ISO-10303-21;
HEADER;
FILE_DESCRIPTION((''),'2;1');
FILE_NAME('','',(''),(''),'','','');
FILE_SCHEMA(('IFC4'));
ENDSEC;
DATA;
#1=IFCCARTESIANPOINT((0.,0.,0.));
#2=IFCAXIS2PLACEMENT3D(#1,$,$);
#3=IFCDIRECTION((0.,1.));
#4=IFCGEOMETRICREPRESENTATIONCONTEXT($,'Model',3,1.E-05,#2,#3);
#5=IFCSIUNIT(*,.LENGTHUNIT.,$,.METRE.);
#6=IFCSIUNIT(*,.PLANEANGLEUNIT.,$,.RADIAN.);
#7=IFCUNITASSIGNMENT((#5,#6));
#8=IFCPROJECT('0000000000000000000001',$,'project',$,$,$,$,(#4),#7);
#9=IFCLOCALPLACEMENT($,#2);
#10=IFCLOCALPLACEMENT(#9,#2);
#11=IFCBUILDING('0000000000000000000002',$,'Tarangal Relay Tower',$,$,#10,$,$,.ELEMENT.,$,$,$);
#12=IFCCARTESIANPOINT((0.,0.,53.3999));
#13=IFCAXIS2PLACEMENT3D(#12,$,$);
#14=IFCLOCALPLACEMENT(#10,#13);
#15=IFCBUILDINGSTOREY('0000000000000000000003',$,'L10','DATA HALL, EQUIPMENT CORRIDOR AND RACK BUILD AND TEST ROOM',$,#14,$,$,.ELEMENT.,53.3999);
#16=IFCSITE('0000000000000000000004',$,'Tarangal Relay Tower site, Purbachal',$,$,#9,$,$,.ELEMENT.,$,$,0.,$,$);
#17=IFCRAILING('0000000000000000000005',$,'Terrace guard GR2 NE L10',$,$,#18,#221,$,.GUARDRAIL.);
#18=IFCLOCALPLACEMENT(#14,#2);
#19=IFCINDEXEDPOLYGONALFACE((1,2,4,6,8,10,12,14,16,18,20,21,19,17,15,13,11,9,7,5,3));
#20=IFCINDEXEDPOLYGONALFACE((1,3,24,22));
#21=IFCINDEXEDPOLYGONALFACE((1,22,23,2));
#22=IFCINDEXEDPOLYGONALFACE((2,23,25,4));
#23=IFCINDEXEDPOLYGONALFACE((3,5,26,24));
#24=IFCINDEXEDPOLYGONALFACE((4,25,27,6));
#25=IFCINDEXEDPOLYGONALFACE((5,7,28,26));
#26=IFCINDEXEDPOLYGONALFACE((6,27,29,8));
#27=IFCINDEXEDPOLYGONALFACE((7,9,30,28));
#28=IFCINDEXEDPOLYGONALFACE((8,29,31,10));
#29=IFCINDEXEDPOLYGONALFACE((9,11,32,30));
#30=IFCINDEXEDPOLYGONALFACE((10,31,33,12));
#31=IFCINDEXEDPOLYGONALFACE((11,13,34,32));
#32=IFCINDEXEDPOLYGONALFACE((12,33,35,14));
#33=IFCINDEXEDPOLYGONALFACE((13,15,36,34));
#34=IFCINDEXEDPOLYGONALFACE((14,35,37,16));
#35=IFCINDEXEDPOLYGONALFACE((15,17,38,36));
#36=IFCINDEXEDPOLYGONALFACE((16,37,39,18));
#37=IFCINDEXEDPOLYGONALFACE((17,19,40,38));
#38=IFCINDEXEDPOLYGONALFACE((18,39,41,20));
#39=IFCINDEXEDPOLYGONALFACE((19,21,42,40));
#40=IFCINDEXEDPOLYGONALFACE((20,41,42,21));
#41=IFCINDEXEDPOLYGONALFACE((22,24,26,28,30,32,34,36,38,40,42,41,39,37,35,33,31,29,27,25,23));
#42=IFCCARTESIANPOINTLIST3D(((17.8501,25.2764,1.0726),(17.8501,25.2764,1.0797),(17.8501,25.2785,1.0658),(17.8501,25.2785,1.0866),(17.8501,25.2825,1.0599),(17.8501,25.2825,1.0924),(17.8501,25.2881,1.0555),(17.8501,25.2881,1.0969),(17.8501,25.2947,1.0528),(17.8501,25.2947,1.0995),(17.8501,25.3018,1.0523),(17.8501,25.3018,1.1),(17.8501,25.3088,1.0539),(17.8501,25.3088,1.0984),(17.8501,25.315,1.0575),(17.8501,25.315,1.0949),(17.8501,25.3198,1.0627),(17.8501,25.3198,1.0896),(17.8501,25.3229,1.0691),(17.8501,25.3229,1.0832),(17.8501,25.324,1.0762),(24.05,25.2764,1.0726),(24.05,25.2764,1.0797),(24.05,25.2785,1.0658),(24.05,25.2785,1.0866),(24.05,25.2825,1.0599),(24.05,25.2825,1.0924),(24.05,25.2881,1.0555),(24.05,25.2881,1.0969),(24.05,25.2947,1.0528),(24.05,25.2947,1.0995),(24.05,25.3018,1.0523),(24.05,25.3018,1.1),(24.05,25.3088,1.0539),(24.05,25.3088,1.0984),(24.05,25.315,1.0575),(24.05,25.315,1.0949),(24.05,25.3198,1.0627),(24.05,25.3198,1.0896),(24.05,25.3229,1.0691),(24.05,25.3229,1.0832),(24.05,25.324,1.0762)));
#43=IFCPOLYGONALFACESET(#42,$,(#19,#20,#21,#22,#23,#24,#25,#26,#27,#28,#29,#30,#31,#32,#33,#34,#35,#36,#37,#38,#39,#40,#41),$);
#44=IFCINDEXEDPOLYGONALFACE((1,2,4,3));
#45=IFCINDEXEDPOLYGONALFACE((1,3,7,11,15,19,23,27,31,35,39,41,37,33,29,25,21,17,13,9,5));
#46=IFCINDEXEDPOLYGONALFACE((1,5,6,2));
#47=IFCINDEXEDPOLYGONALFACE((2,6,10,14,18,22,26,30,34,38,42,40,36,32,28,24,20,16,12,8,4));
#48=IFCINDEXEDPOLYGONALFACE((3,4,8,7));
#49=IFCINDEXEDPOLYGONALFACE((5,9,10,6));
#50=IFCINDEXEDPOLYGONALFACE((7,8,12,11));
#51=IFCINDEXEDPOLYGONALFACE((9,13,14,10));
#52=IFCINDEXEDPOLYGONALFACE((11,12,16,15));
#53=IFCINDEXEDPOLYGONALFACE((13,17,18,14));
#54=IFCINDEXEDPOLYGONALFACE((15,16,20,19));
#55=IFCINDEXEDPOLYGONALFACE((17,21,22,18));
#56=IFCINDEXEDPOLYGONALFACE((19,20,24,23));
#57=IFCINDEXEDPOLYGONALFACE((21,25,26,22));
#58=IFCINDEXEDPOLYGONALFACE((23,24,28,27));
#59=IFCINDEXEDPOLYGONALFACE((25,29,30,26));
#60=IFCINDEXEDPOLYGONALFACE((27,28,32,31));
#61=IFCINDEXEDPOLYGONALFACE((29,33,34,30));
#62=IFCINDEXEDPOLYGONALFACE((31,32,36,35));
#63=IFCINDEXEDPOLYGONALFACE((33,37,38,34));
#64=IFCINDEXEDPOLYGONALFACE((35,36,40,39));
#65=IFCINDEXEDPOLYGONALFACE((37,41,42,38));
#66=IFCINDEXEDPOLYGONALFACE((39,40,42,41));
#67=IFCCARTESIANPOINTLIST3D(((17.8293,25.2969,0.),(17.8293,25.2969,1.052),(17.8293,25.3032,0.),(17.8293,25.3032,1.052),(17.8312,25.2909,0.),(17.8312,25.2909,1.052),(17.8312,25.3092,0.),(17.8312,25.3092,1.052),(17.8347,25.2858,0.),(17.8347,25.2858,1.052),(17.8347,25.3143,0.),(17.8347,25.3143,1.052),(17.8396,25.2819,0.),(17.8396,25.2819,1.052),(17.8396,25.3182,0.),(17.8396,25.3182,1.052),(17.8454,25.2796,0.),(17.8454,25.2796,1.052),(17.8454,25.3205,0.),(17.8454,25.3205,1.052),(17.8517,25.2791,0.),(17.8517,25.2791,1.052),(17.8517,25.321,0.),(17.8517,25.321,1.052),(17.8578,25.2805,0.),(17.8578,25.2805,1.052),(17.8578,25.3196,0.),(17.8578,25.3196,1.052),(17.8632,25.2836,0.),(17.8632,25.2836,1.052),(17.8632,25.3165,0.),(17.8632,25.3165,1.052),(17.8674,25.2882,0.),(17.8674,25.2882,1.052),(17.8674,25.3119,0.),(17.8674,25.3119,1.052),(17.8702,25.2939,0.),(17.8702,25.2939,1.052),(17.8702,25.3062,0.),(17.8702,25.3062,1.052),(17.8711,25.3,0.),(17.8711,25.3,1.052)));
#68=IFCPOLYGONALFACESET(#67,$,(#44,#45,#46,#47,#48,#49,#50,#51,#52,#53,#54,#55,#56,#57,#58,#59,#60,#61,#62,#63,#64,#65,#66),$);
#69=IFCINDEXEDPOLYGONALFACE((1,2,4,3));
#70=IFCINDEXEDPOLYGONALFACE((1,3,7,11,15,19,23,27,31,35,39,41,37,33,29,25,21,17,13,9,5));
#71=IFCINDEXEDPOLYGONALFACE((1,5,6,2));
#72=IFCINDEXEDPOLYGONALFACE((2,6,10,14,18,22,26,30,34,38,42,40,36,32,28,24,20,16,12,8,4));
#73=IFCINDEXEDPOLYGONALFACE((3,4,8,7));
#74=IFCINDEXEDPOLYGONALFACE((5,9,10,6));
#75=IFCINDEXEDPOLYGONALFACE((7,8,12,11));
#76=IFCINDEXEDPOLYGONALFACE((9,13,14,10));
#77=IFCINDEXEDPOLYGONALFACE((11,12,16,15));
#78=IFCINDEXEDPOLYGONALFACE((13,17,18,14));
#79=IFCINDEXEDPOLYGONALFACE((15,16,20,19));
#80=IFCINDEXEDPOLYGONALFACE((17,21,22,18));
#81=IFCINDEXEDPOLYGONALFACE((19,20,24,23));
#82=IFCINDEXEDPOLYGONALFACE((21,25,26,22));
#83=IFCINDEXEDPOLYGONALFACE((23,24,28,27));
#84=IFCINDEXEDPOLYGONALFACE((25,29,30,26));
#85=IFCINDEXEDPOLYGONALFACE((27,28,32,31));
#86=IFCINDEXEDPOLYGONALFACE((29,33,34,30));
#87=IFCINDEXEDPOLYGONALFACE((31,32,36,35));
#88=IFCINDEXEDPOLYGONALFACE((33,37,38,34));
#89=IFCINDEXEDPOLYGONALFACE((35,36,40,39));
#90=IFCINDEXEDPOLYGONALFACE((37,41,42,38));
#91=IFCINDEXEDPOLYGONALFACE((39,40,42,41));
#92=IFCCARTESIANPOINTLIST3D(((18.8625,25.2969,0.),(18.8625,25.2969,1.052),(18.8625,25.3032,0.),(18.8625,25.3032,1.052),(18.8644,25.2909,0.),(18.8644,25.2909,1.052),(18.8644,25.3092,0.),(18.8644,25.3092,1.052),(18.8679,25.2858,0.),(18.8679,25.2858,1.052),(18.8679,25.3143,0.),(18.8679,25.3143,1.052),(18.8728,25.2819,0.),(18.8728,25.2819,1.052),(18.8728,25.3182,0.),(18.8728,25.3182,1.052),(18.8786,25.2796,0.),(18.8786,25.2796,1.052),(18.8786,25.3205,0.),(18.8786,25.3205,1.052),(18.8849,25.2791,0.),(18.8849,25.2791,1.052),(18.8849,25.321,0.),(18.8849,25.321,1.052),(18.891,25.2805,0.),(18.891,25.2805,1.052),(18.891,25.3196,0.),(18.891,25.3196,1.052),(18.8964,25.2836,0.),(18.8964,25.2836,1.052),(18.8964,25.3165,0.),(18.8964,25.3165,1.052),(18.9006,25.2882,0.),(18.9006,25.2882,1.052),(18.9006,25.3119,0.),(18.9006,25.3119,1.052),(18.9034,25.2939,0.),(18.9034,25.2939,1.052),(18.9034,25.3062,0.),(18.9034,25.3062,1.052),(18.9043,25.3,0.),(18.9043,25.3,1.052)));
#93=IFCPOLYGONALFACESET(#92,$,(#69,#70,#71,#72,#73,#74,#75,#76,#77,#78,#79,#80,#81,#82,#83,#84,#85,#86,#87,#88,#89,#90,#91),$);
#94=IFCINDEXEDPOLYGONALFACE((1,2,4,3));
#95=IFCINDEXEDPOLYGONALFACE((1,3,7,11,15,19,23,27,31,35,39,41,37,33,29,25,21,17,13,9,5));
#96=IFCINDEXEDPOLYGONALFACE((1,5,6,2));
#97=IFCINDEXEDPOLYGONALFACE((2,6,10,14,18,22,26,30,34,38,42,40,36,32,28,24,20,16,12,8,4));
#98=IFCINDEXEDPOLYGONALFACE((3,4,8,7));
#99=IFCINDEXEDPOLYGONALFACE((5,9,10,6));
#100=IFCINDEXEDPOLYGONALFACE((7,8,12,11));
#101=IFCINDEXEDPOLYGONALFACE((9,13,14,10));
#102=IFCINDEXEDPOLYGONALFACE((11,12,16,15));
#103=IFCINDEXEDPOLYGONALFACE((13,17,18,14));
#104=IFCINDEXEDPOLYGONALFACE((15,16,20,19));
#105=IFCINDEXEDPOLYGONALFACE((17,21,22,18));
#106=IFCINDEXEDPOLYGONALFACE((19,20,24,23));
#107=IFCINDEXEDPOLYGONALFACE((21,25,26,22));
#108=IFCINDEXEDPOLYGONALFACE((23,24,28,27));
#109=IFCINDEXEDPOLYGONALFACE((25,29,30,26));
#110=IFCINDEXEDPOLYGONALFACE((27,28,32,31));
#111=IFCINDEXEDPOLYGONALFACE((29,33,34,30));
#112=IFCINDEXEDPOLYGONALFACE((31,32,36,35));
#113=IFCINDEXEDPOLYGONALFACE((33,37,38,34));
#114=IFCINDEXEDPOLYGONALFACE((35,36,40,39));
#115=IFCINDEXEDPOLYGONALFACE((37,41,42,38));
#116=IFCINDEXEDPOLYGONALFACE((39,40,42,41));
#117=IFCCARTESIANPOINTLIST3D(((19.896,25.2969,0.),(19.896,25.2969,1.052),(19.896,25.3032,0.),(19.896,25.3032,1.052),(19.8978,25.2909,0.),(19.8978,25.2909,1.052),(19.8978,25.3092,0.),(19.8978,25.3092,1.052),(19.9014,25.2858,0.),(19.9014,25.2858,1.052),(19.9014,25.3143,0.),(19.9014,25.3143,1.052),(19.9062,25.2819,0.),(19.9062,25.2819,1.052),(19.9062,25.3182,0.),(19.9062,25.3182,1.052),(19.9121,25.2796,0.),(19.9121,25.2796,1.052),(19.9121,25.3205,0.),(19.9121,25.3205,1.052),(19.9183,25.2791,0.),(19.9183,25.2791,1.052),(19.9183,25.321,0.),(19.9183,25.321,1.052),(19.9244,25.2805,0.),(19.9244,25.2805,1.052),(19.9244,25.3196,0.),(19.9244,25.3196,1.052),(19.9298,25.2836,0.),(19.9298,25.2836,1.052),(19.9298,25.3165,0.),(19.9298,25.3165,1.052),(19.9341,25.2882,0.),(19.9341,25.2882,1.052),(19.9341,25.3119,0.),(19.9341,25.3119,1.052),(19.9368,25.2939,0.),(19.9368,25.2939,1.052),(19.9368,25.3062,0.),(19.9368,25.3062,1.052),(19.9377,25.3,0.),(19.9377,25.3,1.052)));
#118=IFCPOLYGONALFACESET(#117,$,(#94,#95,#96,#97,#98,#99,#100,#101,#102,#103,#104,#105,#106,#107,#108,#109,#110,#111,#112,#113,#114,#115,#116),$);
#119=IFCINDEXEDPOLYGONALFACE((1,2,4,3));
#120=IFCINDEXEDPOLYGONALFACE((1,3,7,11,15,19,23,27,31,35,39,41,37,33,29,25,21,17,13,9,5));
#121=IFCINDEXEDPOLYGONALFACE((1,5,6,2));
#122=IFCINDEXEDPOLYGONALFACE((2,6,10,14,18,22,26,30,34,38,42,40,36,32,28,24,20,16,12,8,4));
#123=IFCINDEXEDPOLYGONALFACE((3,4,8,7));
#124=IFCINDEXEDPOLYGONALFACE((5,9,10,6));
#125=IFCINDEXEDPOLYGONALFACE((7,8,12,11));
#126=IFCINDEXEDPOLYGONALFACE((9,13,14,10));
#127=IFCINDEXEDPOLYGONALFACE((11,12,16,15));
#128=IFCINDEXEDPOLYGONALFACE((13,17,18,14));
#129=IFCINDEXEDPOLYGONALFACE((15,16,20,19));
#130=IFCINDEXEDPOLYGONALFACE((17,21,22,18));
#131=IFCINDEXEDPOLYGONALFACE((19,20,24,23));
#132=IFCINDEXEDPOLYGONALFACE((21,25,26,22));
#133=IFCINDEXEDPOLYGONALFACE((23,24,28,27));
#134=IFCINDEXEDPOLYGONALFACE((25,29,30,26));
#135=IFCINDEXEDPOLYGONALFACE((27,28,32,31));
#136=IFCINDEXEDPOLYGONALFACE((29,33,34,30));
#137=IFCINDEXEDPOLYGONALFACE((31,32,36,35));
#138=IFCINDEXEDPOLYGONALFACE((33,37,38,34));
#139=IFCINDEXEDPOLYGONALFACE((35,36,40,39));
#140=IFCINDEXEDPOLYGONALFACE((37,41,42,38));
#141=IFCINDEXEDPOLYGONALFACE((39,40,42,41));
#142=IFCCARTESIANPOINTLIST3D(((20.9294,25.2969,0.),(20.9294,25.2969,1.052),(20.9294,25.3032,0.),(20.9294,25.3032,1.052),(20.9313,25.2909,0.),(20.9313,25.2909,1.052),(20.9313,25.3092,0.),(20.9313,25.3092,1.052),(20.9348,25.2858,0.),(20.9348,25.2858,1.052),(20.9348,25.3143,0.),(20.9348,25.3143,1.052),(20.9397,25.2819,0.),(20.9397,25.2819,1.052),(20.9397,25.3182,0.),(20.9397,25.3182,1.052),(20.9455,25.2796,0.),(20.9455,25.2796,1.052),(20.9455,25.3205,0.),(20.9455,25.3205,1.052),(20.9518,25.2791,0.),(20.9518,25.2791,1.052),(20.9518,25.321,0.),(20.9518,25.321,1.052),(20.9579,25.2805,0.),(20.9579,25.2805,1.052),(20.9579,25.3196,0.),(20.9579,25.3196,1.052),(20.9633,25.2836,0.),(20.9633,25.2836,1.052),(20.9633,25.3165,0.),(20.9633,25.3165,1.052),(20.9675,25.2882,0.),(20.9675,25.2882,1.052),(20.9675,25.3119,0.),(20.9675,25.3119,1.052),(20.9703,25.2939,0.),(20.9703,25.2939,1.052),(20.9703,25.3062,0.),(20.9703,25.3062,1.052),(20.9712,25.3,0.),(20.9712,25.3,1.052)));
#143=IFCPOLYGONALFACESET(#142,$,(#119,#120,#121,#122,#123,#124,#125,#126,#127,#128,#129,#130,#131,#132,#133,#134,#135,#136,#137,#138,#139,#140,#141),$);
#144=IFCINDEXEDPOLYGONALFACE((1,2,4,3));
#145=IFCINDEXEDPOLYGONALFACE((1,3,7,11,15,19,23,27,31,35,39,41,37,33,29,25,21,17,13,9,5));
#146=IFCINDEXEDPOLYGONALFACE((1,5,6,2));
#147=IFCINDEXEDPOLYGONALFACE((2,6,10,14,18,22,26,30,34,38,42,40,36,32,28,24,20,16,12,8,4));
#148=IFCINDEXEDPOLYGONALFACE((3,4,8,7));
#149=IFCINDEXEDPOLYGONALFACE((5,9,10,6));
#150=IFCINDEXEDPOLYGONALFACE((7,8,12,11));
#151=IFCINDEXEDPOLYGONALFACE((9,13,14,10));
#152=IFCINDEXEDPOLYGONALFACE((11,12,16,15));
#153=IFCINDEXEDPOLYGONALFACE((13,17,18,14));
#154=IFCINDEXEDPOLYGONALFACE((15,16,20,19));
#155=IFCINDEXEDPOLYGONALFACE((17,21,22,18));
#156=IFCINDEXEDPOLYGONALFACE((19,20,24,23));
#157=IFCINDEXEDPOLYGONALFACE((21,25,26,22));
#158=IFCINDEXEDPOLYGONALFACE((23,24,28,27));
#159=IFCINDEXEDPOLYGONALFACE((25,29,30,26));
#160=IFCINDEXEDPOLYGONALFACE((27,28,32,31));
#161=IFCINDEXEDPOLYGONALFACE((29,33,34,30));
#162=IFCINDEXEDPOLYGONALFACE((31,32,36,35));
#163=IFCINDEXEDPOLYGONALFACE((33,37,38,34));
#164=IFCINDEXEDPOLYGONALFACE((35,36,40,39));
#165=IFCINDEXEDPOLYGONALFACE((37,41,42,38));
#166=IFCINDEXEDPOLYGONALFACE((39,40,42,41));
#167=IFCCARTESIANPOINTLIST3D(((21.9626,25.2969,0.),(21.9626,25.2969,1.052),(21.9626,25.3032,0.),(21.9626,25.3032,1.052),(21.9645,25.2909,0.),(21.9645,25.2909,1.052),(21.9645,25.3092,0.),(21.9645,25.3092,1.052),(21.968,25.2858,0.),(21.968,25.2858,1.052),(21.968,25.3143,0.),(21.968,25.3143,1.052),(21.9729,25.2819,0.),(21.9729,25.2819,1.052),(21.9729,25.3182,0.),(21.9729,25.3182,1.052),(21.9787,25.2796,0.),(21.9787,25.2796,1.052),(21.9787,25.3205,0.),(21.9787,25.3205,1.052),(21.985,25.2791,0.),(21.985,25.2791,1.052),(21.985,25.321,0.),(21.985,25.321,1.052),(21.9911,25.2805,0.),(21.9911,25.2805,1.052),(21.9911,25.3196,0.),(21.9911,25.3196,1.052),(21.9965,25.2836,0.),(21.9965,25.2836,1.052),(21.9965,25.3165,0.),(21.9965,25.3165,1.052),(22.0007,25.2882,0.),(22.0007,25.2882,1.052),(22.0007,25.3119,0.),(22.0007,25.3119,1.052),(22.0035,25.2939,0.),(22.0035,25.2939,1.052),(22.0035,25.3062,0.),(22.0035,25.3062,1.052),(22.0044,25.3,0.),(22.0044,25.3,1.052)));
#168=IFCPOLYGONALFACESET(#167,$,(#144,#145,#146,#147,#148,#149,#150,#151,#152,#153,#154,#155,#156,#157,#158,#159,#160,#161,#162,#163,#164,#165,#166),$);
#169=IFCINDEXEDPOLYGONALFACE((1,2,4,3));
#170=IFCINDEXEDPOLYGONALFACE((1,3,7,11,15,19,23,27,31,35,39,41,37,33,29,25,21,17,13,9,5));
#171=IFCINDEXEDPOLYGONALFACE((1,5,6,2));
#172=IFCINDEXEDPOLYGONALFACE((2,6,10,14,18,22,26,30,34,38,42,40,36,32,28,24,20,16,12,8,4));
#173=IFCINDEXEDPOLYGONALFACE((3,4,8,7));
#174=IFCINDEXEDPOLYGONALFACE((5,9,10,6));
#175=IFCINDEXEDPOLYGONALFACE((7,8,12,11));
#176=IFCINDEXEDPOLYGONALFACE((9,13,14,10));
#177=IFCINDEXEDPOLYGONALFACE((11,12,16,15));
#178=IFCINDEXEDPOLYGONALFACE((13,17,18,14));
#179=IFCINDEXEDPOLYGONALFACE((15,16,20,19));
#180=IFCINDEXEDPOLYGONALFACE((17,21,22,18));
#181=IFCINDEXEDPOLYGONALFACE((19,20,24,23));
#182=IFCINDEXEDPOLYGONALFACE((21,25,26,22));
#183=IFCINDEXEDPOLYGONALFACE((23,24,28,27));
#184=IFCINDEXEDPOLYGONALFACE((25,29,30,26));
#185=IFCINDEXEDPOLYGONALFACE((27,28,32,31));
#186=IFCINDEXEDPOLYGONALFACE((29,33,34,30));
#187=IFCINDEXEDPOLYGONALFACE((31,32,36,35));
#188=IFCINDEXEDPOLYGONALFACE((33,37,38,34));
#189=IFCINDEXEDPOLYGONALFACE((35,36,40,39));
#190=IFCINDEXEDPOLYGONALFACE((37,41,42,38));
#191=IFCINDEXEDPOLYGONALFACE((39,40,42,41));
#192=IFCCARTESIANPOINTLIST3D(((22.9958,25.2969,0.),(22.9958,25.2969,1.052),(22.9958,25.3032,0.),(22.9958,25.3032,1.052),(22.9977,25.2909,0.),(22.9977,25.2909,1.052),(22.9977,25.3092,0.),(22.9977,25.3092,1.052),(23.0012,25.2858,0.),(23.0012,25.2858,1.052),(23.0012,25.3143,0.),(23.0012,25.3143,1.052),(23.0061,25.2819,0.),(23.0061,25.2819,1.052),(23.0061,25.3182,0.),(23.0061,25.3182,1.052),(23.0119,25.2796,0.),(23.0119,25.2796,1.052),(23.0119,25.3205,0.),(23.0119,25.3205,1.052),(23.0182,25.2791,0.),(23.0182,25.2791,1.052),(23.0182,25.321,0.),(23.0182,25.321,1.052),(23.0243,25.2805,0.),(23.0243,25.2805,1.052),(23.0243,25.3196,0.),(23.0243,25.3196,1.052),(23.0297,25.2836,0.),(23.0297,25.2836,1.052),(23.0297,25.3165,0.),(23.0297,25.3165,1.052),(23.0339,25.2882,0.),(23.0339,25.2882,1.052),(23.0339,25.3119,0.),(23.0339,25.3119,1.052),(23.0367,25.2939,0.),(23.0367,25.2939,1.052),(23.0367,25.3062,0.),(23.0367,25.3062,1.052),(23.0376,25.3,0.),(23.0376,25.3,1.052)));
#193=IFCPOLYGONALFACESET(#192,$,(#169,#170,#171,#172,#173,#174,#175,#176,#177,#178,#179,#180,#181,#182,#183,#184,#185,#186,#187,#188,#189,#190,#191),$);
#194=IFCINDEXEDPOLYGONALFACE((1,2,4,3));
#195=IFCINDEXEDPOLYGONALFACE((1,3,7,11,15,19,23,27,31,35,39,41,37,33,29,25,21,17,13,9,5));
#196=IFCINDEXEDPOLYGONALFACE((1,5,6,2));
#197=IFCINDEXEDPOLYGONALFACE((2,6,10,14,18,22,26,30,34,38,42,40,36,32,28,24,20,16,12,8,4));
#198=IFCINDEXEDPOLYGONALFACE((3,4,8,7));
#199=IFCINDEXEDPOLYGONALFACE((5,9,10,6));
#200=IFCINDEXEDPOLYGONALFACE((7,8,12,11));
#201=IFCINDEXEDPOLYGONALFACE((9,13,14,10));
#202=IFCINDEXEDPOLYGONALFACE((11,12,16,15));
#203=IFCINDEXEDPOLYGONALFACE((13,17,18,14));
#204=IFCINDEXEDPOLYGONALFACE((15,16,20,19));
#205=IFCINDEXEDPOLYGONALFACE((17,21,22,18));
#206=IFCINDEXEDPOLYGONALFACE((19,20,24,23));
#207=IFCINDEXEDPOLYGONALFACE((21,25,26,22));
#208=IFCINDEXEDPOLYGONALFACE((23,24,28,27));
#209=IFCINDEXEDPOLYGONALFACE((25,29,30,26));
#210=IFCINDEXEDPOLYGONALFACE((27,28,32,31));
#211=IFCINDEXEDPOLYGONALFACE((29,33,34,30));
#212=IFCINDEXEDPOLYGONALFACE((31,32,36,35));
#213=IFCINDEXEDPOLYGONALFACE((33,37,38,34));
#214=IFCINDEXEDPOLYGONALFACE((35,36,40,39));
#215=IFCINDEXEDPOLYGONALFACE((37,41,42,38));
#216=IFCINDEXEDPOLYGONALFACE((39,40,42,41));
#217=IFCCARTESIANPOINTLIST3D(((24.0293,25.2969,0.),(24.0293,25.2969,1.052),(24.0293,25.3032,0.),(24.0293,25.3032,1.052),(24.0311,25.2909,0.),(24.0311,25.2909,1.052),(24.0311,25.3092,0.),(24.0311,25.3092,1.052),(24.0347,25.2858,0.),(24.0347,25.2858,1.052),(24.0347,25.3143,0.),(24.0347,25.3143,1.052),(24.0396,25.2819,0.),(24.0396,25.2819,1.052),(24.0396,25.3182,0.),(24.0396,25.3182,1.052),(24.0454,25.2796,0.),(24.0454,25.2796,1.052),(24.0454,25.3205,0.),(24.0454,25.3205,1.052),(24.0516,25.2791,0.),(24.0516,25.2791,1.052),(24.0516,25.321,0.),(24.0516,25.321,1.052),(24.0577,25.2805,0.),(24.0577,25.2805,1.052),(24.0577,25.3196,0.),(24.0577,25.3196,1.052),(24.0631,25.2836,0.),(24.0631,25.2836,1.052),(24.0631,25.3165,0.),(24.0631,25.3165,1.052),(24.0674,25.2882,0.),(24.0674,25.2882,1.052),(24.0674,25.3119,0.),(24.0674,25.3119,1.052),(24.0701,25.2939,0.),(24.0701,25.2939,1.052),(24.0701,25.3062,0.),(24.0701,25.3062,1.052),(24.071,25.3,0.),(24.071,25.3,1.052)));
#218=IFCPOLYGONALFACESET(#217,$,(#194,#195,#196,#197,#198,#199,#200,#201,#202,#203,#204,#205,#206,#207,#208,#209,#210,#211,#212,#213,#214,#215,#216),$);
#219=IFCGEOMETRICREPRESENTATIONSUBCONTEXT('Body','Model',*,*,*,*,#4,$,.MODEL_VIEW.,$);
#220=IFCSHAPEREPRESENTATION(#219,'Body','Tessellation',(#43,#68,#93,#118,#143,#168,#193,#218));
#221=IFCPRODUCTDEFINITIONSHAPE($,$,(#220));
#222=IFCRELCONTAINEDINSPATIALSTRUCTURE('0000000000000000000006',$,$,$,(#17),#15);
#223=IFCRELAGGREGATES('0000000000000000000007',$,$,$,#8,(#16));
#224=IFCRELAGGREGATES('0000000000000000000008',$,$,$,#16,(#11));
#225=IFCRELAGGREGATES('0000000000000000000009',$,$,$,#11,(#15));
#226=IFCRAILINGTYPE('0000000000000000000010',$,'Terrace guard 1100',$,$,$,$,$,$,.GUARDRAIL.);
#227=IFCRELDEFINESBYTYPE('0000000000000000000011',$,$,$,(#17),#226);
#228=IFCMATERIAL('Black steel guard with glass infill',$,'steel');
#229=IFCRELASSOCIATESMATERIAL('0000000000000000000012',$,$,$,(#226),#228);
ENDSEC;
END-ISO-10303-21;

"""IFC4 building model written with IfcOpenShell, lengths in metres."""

from ifc_helpers import new_model, si_unit, direction, frame, origin, origin_2d, place, context, subcontext, project, spatial, circle, extrude, material, type_object, element, save


model = new_model("IFC4")

# Units and contexts
model_context = context("Model", 3, precision=1e-05, world=origin(), true_north=direction((0.0, 1.0)))
body_context = subcontext(model_context, "Body", "Model", "MODEL_VIEW")
ifc_project = project(units=[si_unit("LENGTHUNIT", "METRE"), si_unit("PLANEANGLEUNIT", "RADIAN")], contexts=[model_context])

# Site, building, storey
site_placement = place(None, origin())
site = spatial("IfcSite", under=ifc_project, at=site_placement, Name="Tarangal Relay Tower site, Purbachal", CompositionType="ELEMENT", RefElevation=0.0)
building_placement = place(site_placement, origin())
building = spatial("IfcBuilding", under=site, at=building_placement, Name="Tarangal Relay Tower", CompositionType="ELEMENT")
storey_placement = place(building_placement, frame((0.0, 0.0, 53.3999)))
storey = spatial("IfcBuildingStorey", under=building, at=storey_placement, Name="L10", Description="DATA HALL, EQUIPMENT CORRIDOR AND RACK BUILD AND TEST ROOM", CompositionType="ELEMENT", Elevation=53.3999)

# Railing
ifc_material_1 = material(Name="Black steel guard with glass infill", Category="steel")
railing_type_1 = type_object("IfcRailingType", Name="Terrace guard 1100", PredefinedType="GUARDRAIL", material=ifc_material_1)
railing_1_placement = place(storey_placement, frame((17.8501, 25.3, 0.0)))
element("IfcRailing", 1, at=railing_1_placement, inside=storey, type_object=railing_type_1, Name="Terrace guard GR2 NE L10", PredefinedType="GUARDRAIL", context=body_context, shape_type="SweptSolid", body=[
    extrude(circle(Radius=0.0239, at=origin_2d()), frame((0.0, 0.0, 1.0762), z_axis=(1.0, 0.0, 0.0), x_axis=(0.0, 1.0, 0.0)), (0.0, 0.0, 1.0), 6.2),
    extrude(circle(Radius=0.021, at=origin_2d()), origin(), (0.0, 0.0, 1.0), 1.052),
    extrude(circle(Radius=0.021, at=origin_2d()), frame((1.0332, 0.0, 0.0)), (0.0, 0.0, 1.0), 1.052),
    extrude(circle(Radius=0.021, at=origin_2d()), frame((2.0667, 0.0, 0.0)), (0.0, 0.0, 1.0), 1.052),
    extrude(circle(Radius=0.021, at=origin_2d()), frame((3.1001, 0.0, 0.0)), (0.0, 0.0, 1.0), 1.052),
    extrude(circle(Radius=0.021, at=origin_2d()), frame((4.1333, 0.0, 0.0)), (0.0, 0.0, 1.0), 1.052),
    extrude(circle(Radius=0.021, at=origin_2d()), frame((5.1665, 0.0, 0.0)), (0.0, 0.0, 1.0), 1.052),
    extrude(circle(Radius=0.021, at=origin_2d()), frame((6.2, 0.0, 0.0)), (0.0, 0.0, 1.0), 1.052),
])

save(model, "model.ifc")
